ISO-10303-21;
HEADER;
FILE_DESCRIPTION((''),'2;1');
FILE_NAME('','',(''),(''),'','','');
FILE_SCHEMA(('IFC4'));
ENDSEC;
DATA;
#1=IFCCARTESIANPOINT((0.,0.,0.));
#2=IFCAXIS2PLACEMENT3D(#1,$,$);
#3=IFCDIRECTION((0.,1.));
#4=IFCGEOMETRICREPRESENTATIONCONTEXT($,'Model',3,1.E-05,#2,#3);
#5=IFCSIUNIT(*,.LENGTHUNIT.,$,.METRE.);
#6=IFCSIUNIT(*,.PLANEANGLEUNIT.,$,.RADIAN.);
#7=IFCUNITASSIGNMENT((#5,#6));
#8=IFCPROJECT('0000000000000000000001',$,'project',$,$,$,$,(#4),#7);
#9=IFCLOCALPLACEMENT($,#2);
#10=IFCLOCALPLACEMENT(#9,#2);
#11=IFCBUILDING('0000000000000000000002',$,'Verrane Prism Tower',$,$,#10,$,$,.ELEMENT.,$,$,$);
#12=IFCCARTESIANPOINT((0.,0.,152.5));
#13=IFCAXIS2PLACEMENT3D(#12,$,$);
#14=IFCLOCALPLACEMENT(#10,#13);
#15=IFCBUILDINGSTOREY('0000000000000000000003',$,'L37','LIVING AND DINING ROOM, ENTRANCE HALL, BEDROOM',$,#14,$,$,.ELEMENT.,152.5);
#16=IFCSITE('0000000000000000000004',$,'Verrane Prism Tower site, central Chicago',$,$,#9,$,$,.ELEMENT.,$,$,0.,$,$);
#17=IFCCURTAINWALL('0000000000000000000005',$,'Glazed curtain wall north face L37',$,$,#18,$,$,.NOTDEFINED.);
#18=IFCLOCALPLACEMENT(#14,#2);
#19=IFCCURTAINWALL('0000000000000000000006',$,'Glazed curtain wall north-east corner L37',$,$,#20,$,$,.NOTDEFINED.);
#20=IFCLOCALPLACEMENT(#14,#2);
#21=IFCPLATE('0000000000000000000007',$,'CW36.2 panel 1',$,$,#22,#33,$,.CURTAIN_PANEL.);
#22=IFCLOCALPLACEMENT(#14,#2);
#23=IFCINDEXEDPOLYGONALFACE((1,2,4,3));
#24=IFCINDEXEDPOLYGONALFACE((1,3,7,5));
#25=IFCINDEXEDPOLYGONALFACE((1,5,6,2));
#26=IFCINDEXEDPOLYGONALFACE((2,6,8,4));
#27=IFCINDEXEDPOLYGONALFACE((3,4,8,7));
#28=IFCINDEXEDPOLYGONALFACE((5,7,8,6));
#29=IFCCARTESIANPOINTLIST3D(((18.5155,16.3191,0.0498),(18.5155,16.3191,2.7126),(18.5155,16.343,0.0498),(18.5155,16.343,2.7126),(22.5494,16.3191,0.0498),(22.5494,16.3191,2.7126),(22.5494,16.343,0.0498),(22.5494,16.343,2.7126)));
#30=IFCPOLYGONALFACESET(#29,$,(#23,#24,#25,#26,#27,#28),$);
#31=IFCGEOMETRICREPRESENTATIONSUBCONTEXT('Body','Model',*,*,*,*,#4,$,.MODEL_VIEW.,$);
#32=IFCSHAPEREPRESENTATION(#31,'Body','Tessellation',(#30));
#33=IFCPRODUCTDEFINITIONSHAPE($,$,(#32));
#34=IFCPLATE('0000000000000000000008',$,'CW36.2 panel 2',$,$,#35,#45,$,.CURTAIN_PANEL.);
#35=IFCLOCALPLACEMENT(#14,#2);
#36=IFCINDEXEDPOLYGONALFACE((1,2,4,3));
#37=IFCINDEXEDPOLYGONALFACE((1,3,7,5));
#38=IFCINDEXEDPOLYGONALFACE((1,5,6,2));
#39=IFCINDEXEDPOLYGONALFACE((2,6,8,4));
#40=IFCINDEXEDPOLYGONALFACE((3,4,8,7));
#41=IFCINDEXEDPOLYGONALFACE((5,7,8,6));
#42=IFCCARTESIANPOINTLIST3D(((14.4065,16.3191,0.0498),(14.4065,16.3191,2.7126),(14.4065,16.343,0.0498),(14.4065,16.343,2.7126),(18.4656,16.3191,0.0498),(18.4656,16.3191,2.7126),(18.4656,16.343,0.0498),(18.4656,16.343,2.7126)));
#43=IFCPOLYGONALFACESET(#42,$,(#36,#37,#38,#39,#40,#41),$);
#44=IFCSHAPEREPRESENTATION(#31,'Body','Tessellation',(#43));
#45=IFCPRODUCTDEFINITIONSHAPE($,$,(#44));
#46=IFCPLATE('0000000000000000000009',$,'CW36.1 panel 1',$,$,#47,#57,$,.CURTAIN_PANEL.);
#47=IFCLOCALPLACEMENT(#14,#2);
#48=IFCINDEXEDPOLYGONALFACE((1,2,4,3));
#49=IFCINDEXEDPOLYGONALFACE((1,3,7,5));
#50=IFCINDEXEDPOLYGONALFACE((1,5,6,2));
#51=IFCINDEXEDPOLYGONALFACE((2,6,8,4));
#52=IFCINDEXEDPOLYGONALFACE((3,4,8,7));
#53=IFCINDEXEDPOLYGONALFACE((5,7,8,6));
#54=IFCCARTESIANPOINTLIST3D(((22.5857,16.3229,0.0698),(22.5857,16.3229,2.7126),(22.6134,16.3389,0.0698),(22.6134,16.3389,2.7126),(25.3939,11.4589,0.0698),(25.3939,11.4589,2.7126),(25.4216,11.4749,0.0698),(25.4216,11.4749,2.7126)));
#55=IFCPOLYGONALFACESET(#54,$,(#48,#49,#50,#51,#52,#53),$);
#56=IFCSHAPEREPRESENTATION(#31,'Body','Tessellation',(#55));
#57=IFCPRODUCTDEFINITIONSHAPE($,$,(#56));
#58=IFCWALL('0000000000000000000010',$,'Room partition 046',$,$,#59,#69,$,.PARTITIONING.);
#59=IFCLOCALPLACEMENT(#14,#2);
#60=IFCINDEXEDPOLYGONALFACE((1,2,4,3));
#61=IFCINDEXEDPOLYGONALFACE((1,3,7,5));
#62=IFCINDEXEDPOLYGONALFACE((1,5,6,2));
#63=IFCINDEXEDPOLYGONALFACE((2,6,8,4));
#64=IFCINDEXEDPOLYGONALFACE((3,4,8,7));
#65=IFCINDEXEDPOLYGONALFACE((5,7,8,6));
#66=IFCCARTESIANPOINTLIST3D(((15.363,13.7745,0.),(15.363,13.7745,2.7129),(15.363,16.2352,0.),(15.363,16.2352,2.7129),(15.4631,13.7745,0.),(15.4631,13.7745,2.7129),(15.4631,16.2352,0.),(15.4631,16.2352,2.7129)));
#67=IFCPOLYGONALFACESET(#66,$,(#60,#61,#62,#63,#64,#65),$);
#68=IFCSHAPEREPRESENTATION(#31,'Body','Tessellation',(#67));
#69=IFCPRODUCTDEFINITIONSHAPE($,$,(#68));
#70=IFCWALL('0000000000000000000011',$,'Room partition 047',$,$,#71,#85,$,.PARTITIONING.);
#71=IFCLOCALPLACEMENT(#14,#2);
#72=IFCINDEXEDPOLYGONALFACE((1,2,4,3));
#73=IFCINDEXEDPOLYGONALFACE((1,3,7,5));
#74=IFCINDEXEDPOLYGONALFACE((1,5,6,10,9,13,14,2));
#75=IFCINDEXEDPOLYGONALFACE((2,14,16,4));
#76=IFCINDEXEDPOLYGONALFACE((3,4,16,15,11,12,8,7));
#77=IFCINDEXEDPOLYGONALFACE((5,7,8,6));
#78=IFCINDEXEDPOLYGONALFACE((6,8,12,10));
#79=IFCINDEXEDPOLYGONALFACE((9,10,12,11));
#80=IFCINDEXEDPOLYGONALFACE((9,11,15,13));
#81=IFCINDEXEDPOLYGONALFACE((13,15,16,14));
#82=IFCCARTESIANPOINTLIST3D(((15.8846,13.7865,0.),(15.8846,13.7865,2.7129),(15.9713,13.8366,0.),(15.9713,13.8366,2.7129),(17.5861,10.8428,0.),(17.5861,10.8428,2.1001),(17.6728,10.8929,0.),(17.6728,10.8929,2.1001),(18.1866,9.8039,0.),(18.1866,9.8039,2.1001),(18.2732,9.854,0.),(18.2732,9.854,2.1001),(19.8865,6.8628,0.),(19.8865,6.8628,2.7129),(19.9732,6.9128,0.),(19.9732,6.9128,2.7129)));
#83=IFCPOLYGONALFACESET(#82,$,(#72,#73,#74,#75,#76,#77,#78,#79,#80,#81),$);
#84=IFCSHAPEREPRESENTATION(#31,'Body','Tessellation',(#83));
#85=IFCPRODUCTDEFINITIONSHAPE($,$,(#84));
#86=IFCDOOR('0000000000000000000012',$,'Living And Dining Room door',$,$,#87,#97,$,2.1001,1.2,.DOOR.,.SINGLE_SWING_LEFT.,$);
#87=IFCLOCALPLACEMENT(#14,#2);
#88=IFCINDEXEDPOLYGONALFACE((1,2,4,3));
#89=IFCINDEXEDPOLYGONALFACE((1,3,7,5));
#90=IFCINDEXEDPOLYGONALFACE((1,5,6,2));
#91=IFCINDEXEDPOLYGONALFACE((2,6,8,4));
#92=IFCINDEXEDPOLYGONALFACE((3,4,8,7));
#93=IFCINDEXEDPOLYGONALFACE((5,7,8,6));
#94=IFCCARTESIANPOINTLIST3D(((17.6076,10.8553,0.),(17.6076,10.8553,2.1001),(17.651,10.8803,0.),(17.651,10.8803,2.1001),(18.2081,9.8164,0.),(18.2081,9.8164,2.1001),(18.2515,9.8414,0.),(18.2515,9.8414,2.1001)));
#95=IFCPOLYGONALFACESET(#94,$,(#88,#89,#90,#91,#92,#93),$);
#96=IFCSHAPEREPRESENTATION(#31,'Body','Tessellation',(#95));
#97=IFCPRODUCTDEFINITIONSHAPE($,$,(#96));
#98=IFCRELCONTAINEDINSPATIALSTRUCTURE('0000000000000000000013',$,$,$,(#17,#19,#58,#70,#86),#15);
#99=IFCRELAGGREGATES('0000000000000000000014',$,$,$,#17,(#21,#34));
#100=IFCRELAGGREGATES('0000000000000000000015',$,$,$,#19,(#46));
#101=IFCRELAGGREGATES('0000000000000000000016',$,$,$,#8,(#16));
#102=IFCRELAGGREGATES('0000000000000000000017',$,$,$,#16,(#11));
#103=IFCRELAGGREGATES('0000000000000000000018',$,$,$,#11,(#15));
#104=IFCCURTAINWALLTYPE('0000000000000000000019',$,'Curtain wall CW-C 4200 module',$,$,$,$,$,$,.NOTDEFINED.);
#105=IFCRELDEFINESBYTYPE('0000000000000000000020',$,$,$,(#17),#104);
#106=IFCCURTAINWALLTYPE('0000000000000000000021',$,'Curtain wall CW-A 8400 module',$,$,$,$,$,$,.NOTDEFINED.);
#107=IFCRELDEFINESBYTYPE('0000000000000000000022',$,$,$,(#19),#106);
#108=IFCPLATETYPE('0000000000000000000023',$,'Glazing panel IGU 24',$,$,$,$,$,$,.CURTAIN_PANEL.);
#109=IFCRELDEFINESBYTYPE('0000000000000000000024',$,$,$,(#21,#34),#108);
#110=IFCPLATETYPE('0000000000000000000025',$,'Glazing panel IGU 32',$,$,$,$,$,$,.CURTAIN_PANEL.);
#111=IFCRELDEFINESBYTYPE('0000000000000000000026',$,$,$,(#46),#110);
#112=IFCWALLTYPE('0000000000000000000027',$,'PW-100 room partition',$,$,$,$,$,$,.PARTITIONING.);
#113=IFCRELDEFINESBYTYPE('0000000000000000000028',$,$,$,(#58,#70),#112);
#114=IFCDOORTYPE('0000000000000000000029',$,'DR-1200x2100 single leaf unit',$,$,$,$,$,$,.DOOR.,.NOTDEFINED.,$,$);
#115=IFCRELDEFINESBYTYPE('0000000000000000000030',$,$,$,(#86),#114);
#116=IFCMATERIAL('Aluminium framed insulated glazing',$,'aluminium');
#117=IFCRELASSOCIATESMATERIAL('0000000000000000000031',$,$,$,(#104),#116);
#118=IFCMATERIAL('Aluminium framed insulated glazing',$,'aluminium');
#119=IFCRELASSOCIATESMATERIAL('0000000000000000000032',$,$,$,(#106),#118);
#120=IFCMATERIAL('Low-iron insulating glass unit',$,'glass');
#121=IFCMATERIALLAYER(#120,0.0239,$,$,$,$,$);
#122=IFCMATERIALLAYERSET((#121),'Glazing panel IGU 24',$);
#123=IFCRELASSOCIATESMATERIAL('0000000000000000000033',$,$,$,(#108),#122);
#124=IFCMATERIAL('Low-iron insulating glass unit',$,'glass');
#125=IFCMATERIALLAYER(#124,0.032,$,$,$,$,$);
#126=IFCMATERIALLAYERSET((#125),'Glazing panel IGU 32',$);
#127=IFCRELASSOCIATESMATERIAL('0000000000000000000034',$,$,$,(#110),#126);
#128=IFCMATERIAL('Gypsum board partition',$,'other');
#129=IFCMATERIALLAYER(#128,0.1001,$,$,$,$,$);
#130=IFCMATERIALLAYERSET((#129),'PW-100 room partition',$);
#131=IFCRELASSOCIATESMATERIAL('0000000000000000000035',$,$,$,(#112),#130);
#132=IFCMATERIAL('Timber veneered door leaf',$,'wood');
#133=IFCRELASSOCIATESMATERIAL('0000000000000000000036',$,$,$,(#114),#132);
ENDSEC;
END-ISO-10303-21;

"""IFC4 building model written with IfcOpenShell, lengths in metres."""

from ifc_helpers import new_model, si_unit, direction, frame, frame_2d, origin, origin_2d, place, context, subcontext, project, spatial, rectangle, extrude, material, layer, layer_set, type_object, element, fill, aggregate, save


model = new_model("IFC4")

# Units and contexts
model_context = context("Model", 3, precision=1e-05, world=origin(), true_north=direction((0.0, 1.0)))
body_context = subcontext(model_context, "Body", "Model", "MODEL_VIEW")
ifc_project = project(units=[si_unit("LENGTHUNIT", "METRE"), si_unit("PLANEANGLEUNIT", "RADIAN")], contexts=[model_context])

# Site, building, storey
site_placement = place(None, origin())
site = spatial("IfcSite", under=ifc_project, at=site_placement, Name="Verrane Prism Tower site, central Chicago", CompositionType="ELEMENT", RefElevation=0.0)
building_placement = place(site_placement, origin())
building = spatial("IfcBuilding", under=site, at=building_placement, Name="Verrane Prism Tower", CompositionType="ELEMENT")
storey_placement = place(building_placement, frame((0.0, 0.0, 152.5)))
storey = spatial("IfcBuildingStorey", under=building, at=storey_placement, Name="L37", Description="LIVING AND DINING ROOM, ENTRANCE HALL, BEDROOM", CompositionType="ELEMENT", Elevation=152.5)

# Curtain wall
ifc_material_1 = material(Name="Aluminium framed insulated glazing", Category="aluminium")
curtain_wall_type_1 = type_object("IfcCurtainWallType", Name="Curtain wall CW-C 4200 module", PredefinedType="NOTDEFINED", material=ifc_material_1)
curtain_wall_1_placement = place(storey_placement, origin())
curtain_wall_1 = element("IfcCurtainWall", 1, at=curtain_wall_1_placement, inside=storey, type_object=curtain_wall_type_1, Name="Glazed curtain wall north face L37", PredefinedType="NOTDEFINED")

# Curtain wall
ifc_material_2 = material(Name="Aluminium framed insulated glazing", Category="aluminium")
curtain_wall_type_2 = type_object("IfcCurtainWallType", Name="Curtain wall CW-A 8400 module", PredefinedType="NOTDEFINED", material=ifc_material_2)
curtain_wall_2_placement = place(storey_placement, origin())
curtain_wall_2 = element("IfcCurtainWall", 2, at=curtain_wall_2_placement, inside=storey, type_object=curtain_wall_type_2, Name="Glazed curtain wall north-east corner L37", PredefinedType="NOTDEFINED")

# Plates
ifc_material_3 = material(Name="Low-iron insulating glass unit", Category="glass")
ifc_layer_1 = layer(ifc_material_3, 0.0239)
ifc_layer_set_1 = layer_set([ifc_layer_1], Name="Glazing panel IGU 24")
plate_type_1 = type_object("IfcPlateType", Name="Glazing panel IGU 24", PredefinedType="CURTAIN_PANEL", material=ifc_layer_set_1)
plate_1_placement = place(storey_placement, frame((20.5325, 16.3311, 0.0498), z_axis=(0.0, 0.0, 1.0), x_axis=(-1.0, 0.0, 0.0)))
plate_1 = element("IfcPlate", 3, at=plate_1_placement, type_object=plate_type_1, Name="CW36.2 panel 1", PredefinedType="CURTAIN_PANEL", context=body_context, shape_type="SweptSolid", body=[
    extrude(rectangle(XDim=4.0339, YDim=0.0239, at=origin_2d()), origin(), (0.0, 0.0, 1.0), 2.6628),
])
plate_2_placement = place(storey_placement, frame((16.436, 16.3311, 0.0498), z_axis=(0.0, 0.0, 1.0), x_axis=(-1.0, 0.0, 0.0)))
plate_2 = element("IfcPlate", 4, at=plate_2_placement, type_object=plate_type_1, Name="CW36.2 panel 2", PredefinedType="CURTAIN_PANEL", context=body_context, shape_type="SweptSolid", body=[
    extrude(rectangle(XDim=4.0591, YDim=0.0239, at=origin_2d()), origin(), (0.0, 0.0, 1.0), 2.6628),
])
aggregate(curtain_wall_1, [plate_1, plate_2])
ifc_material_4 = material(Name="Low-iron insulating glass unit", Category="glass")
ifc_layer_2 = layer(ifc_material_4, 0.032)
ifc_layer_set_2 = layer_set([ifc_layer_2], Name="Glazing panel IGU 32")
plate_type_2 = type_object("IfcPlateType", Name="Glazing panel IGU 32", PredefinedType="CURTAIN_PANEL", material=ifc_layer_set_2)
plate_3_placement = place(storey_placement, frame((24.0037, 13.8989, 0.0698), z_axis=(0.0, 0.0, 1.0), x_axis=(-0.500003, 0.866024, 0.0)))
plate_3 = element("IfcPlate", 5, at=plate_3_placement, type_object=plate_type_2, Name="CW36.1 panel 1", PredefinedType="CURTAIN_PANEL", context=body_context, shape_type="SweptSolid", body=[
    extrude(rectangle(XDim=5.6165, YDim=0.032, at=origin_2d()), origin(), (0.0, 0.0, 1.0), 2.6428),
])
aggregate(curtain_wall_2, [plate_3])

# Wall
ifc_material_5 = material(Name="Gypsum board partition", Category="other")
ifc_layer_3 = layer(ifc_material_5, 0.1001)
ifc_layer_set_3 = layer_set([ifc_layer_3], Name="PW-100 room partition")
wall_type = type_object("IfcWallType", Name="PW-100 room partition", PredefinedType="PARTITIONING", material=ifc_layer_set_3)
wall_1_placement = place(storey_placement, frame((15.4131, 13.7744, 0.0), z_axis=(0.0, 0.0, 1.0), x_axis=(0.0, 1.0, 0.0)))
element("IfcWall", 6, at=wall_1_placement, inside=storey, type_object=wall_type, Name="Room partition 046", PredefinedType="PARTITIONING", context=body_context, shape_type="SweptSolid", body=[
    extrude(rectangle(XDim=2.4607, YDim=0.1001, at=frame_2d((1.2305, 0.0))), origin(), (0.0, 0.0, 1.0), 2.7129),
])

# Wall, opening, door
wall_2_placement = place(storey_placement, frame((15.928, 13.8115, 0.0), z_axis=(0.0, 0.0, 1.0), x_axis=(0.50042, -0.865783, 0.0)))
wall_2 = element("IfcWall", 7, at=wall_2_placement, inside=storey, type_object=wall_type, Name="Room partition 047", PredefinedType="PARTITIONING", context=body_context, shape_type="SweptSolid", body=[
    extrude(rectangle(XDim=7.9971, YDim=0.1001, at=frame_2d((3.9985, 0.0))), origin(), (0.0, 0.0, 1.0), 2.7129),
])
opening_placement = place(wall_2_placement, frame((3.3999, 0.0, 0.0)))
opening = element("IfcOpeningElement", 8, at=opening_placement, cuts=wall_2, PredefinedType="OPENING", context=body_context, shape_type="SweptSolid", body=[
    extrude(rectangle(XDim=1.2, YDim=2.1001, at=frame_2d((0.6001, 1.05))), frame((0.0, 0.0601, 0.0), z_axis=(0.0, -1.0, 0.0), x_axis=(1.0, 0.0, 0.0)), (0.0, 0.0, 1.0), 0.1201),
])
ifc_material_6 = material(Name="Timber veneered door leaf", Category="wood")
door_type = type_object("IfcDoorType", Name="DR-1200x2100 single leaf unit", OperationType="NOTDEFINED", PredefinedType="DOOR", material=ifc_material_6)
door_placement = place(opening_placement, origin())
door = element("IfcDoor", 9, at=door_placement, inside=storey, type_object=door_type, Name="Living And Dining Room door", OperationType="SINGLE_SWING_LEFT", OverallHeight=2.1001, OverallWidth=1.2, PredefinedType="DOOR", context=body_context, shape_type="SweptSolid", body=[
    extrude(rectangle(XDim=1.2, YDim=2.1001, at=frame_2d((0.6001, 1.05))), frame((0.0, 0.0249, 0.0), z_axis=(0.0, -1.0, 0.0), x_axis=(1.0, 0.0, 0.0)), (0.0, 0.0, 1.0), 0.05),
])
fill(opening, door)

save(model, "model.ifc")
